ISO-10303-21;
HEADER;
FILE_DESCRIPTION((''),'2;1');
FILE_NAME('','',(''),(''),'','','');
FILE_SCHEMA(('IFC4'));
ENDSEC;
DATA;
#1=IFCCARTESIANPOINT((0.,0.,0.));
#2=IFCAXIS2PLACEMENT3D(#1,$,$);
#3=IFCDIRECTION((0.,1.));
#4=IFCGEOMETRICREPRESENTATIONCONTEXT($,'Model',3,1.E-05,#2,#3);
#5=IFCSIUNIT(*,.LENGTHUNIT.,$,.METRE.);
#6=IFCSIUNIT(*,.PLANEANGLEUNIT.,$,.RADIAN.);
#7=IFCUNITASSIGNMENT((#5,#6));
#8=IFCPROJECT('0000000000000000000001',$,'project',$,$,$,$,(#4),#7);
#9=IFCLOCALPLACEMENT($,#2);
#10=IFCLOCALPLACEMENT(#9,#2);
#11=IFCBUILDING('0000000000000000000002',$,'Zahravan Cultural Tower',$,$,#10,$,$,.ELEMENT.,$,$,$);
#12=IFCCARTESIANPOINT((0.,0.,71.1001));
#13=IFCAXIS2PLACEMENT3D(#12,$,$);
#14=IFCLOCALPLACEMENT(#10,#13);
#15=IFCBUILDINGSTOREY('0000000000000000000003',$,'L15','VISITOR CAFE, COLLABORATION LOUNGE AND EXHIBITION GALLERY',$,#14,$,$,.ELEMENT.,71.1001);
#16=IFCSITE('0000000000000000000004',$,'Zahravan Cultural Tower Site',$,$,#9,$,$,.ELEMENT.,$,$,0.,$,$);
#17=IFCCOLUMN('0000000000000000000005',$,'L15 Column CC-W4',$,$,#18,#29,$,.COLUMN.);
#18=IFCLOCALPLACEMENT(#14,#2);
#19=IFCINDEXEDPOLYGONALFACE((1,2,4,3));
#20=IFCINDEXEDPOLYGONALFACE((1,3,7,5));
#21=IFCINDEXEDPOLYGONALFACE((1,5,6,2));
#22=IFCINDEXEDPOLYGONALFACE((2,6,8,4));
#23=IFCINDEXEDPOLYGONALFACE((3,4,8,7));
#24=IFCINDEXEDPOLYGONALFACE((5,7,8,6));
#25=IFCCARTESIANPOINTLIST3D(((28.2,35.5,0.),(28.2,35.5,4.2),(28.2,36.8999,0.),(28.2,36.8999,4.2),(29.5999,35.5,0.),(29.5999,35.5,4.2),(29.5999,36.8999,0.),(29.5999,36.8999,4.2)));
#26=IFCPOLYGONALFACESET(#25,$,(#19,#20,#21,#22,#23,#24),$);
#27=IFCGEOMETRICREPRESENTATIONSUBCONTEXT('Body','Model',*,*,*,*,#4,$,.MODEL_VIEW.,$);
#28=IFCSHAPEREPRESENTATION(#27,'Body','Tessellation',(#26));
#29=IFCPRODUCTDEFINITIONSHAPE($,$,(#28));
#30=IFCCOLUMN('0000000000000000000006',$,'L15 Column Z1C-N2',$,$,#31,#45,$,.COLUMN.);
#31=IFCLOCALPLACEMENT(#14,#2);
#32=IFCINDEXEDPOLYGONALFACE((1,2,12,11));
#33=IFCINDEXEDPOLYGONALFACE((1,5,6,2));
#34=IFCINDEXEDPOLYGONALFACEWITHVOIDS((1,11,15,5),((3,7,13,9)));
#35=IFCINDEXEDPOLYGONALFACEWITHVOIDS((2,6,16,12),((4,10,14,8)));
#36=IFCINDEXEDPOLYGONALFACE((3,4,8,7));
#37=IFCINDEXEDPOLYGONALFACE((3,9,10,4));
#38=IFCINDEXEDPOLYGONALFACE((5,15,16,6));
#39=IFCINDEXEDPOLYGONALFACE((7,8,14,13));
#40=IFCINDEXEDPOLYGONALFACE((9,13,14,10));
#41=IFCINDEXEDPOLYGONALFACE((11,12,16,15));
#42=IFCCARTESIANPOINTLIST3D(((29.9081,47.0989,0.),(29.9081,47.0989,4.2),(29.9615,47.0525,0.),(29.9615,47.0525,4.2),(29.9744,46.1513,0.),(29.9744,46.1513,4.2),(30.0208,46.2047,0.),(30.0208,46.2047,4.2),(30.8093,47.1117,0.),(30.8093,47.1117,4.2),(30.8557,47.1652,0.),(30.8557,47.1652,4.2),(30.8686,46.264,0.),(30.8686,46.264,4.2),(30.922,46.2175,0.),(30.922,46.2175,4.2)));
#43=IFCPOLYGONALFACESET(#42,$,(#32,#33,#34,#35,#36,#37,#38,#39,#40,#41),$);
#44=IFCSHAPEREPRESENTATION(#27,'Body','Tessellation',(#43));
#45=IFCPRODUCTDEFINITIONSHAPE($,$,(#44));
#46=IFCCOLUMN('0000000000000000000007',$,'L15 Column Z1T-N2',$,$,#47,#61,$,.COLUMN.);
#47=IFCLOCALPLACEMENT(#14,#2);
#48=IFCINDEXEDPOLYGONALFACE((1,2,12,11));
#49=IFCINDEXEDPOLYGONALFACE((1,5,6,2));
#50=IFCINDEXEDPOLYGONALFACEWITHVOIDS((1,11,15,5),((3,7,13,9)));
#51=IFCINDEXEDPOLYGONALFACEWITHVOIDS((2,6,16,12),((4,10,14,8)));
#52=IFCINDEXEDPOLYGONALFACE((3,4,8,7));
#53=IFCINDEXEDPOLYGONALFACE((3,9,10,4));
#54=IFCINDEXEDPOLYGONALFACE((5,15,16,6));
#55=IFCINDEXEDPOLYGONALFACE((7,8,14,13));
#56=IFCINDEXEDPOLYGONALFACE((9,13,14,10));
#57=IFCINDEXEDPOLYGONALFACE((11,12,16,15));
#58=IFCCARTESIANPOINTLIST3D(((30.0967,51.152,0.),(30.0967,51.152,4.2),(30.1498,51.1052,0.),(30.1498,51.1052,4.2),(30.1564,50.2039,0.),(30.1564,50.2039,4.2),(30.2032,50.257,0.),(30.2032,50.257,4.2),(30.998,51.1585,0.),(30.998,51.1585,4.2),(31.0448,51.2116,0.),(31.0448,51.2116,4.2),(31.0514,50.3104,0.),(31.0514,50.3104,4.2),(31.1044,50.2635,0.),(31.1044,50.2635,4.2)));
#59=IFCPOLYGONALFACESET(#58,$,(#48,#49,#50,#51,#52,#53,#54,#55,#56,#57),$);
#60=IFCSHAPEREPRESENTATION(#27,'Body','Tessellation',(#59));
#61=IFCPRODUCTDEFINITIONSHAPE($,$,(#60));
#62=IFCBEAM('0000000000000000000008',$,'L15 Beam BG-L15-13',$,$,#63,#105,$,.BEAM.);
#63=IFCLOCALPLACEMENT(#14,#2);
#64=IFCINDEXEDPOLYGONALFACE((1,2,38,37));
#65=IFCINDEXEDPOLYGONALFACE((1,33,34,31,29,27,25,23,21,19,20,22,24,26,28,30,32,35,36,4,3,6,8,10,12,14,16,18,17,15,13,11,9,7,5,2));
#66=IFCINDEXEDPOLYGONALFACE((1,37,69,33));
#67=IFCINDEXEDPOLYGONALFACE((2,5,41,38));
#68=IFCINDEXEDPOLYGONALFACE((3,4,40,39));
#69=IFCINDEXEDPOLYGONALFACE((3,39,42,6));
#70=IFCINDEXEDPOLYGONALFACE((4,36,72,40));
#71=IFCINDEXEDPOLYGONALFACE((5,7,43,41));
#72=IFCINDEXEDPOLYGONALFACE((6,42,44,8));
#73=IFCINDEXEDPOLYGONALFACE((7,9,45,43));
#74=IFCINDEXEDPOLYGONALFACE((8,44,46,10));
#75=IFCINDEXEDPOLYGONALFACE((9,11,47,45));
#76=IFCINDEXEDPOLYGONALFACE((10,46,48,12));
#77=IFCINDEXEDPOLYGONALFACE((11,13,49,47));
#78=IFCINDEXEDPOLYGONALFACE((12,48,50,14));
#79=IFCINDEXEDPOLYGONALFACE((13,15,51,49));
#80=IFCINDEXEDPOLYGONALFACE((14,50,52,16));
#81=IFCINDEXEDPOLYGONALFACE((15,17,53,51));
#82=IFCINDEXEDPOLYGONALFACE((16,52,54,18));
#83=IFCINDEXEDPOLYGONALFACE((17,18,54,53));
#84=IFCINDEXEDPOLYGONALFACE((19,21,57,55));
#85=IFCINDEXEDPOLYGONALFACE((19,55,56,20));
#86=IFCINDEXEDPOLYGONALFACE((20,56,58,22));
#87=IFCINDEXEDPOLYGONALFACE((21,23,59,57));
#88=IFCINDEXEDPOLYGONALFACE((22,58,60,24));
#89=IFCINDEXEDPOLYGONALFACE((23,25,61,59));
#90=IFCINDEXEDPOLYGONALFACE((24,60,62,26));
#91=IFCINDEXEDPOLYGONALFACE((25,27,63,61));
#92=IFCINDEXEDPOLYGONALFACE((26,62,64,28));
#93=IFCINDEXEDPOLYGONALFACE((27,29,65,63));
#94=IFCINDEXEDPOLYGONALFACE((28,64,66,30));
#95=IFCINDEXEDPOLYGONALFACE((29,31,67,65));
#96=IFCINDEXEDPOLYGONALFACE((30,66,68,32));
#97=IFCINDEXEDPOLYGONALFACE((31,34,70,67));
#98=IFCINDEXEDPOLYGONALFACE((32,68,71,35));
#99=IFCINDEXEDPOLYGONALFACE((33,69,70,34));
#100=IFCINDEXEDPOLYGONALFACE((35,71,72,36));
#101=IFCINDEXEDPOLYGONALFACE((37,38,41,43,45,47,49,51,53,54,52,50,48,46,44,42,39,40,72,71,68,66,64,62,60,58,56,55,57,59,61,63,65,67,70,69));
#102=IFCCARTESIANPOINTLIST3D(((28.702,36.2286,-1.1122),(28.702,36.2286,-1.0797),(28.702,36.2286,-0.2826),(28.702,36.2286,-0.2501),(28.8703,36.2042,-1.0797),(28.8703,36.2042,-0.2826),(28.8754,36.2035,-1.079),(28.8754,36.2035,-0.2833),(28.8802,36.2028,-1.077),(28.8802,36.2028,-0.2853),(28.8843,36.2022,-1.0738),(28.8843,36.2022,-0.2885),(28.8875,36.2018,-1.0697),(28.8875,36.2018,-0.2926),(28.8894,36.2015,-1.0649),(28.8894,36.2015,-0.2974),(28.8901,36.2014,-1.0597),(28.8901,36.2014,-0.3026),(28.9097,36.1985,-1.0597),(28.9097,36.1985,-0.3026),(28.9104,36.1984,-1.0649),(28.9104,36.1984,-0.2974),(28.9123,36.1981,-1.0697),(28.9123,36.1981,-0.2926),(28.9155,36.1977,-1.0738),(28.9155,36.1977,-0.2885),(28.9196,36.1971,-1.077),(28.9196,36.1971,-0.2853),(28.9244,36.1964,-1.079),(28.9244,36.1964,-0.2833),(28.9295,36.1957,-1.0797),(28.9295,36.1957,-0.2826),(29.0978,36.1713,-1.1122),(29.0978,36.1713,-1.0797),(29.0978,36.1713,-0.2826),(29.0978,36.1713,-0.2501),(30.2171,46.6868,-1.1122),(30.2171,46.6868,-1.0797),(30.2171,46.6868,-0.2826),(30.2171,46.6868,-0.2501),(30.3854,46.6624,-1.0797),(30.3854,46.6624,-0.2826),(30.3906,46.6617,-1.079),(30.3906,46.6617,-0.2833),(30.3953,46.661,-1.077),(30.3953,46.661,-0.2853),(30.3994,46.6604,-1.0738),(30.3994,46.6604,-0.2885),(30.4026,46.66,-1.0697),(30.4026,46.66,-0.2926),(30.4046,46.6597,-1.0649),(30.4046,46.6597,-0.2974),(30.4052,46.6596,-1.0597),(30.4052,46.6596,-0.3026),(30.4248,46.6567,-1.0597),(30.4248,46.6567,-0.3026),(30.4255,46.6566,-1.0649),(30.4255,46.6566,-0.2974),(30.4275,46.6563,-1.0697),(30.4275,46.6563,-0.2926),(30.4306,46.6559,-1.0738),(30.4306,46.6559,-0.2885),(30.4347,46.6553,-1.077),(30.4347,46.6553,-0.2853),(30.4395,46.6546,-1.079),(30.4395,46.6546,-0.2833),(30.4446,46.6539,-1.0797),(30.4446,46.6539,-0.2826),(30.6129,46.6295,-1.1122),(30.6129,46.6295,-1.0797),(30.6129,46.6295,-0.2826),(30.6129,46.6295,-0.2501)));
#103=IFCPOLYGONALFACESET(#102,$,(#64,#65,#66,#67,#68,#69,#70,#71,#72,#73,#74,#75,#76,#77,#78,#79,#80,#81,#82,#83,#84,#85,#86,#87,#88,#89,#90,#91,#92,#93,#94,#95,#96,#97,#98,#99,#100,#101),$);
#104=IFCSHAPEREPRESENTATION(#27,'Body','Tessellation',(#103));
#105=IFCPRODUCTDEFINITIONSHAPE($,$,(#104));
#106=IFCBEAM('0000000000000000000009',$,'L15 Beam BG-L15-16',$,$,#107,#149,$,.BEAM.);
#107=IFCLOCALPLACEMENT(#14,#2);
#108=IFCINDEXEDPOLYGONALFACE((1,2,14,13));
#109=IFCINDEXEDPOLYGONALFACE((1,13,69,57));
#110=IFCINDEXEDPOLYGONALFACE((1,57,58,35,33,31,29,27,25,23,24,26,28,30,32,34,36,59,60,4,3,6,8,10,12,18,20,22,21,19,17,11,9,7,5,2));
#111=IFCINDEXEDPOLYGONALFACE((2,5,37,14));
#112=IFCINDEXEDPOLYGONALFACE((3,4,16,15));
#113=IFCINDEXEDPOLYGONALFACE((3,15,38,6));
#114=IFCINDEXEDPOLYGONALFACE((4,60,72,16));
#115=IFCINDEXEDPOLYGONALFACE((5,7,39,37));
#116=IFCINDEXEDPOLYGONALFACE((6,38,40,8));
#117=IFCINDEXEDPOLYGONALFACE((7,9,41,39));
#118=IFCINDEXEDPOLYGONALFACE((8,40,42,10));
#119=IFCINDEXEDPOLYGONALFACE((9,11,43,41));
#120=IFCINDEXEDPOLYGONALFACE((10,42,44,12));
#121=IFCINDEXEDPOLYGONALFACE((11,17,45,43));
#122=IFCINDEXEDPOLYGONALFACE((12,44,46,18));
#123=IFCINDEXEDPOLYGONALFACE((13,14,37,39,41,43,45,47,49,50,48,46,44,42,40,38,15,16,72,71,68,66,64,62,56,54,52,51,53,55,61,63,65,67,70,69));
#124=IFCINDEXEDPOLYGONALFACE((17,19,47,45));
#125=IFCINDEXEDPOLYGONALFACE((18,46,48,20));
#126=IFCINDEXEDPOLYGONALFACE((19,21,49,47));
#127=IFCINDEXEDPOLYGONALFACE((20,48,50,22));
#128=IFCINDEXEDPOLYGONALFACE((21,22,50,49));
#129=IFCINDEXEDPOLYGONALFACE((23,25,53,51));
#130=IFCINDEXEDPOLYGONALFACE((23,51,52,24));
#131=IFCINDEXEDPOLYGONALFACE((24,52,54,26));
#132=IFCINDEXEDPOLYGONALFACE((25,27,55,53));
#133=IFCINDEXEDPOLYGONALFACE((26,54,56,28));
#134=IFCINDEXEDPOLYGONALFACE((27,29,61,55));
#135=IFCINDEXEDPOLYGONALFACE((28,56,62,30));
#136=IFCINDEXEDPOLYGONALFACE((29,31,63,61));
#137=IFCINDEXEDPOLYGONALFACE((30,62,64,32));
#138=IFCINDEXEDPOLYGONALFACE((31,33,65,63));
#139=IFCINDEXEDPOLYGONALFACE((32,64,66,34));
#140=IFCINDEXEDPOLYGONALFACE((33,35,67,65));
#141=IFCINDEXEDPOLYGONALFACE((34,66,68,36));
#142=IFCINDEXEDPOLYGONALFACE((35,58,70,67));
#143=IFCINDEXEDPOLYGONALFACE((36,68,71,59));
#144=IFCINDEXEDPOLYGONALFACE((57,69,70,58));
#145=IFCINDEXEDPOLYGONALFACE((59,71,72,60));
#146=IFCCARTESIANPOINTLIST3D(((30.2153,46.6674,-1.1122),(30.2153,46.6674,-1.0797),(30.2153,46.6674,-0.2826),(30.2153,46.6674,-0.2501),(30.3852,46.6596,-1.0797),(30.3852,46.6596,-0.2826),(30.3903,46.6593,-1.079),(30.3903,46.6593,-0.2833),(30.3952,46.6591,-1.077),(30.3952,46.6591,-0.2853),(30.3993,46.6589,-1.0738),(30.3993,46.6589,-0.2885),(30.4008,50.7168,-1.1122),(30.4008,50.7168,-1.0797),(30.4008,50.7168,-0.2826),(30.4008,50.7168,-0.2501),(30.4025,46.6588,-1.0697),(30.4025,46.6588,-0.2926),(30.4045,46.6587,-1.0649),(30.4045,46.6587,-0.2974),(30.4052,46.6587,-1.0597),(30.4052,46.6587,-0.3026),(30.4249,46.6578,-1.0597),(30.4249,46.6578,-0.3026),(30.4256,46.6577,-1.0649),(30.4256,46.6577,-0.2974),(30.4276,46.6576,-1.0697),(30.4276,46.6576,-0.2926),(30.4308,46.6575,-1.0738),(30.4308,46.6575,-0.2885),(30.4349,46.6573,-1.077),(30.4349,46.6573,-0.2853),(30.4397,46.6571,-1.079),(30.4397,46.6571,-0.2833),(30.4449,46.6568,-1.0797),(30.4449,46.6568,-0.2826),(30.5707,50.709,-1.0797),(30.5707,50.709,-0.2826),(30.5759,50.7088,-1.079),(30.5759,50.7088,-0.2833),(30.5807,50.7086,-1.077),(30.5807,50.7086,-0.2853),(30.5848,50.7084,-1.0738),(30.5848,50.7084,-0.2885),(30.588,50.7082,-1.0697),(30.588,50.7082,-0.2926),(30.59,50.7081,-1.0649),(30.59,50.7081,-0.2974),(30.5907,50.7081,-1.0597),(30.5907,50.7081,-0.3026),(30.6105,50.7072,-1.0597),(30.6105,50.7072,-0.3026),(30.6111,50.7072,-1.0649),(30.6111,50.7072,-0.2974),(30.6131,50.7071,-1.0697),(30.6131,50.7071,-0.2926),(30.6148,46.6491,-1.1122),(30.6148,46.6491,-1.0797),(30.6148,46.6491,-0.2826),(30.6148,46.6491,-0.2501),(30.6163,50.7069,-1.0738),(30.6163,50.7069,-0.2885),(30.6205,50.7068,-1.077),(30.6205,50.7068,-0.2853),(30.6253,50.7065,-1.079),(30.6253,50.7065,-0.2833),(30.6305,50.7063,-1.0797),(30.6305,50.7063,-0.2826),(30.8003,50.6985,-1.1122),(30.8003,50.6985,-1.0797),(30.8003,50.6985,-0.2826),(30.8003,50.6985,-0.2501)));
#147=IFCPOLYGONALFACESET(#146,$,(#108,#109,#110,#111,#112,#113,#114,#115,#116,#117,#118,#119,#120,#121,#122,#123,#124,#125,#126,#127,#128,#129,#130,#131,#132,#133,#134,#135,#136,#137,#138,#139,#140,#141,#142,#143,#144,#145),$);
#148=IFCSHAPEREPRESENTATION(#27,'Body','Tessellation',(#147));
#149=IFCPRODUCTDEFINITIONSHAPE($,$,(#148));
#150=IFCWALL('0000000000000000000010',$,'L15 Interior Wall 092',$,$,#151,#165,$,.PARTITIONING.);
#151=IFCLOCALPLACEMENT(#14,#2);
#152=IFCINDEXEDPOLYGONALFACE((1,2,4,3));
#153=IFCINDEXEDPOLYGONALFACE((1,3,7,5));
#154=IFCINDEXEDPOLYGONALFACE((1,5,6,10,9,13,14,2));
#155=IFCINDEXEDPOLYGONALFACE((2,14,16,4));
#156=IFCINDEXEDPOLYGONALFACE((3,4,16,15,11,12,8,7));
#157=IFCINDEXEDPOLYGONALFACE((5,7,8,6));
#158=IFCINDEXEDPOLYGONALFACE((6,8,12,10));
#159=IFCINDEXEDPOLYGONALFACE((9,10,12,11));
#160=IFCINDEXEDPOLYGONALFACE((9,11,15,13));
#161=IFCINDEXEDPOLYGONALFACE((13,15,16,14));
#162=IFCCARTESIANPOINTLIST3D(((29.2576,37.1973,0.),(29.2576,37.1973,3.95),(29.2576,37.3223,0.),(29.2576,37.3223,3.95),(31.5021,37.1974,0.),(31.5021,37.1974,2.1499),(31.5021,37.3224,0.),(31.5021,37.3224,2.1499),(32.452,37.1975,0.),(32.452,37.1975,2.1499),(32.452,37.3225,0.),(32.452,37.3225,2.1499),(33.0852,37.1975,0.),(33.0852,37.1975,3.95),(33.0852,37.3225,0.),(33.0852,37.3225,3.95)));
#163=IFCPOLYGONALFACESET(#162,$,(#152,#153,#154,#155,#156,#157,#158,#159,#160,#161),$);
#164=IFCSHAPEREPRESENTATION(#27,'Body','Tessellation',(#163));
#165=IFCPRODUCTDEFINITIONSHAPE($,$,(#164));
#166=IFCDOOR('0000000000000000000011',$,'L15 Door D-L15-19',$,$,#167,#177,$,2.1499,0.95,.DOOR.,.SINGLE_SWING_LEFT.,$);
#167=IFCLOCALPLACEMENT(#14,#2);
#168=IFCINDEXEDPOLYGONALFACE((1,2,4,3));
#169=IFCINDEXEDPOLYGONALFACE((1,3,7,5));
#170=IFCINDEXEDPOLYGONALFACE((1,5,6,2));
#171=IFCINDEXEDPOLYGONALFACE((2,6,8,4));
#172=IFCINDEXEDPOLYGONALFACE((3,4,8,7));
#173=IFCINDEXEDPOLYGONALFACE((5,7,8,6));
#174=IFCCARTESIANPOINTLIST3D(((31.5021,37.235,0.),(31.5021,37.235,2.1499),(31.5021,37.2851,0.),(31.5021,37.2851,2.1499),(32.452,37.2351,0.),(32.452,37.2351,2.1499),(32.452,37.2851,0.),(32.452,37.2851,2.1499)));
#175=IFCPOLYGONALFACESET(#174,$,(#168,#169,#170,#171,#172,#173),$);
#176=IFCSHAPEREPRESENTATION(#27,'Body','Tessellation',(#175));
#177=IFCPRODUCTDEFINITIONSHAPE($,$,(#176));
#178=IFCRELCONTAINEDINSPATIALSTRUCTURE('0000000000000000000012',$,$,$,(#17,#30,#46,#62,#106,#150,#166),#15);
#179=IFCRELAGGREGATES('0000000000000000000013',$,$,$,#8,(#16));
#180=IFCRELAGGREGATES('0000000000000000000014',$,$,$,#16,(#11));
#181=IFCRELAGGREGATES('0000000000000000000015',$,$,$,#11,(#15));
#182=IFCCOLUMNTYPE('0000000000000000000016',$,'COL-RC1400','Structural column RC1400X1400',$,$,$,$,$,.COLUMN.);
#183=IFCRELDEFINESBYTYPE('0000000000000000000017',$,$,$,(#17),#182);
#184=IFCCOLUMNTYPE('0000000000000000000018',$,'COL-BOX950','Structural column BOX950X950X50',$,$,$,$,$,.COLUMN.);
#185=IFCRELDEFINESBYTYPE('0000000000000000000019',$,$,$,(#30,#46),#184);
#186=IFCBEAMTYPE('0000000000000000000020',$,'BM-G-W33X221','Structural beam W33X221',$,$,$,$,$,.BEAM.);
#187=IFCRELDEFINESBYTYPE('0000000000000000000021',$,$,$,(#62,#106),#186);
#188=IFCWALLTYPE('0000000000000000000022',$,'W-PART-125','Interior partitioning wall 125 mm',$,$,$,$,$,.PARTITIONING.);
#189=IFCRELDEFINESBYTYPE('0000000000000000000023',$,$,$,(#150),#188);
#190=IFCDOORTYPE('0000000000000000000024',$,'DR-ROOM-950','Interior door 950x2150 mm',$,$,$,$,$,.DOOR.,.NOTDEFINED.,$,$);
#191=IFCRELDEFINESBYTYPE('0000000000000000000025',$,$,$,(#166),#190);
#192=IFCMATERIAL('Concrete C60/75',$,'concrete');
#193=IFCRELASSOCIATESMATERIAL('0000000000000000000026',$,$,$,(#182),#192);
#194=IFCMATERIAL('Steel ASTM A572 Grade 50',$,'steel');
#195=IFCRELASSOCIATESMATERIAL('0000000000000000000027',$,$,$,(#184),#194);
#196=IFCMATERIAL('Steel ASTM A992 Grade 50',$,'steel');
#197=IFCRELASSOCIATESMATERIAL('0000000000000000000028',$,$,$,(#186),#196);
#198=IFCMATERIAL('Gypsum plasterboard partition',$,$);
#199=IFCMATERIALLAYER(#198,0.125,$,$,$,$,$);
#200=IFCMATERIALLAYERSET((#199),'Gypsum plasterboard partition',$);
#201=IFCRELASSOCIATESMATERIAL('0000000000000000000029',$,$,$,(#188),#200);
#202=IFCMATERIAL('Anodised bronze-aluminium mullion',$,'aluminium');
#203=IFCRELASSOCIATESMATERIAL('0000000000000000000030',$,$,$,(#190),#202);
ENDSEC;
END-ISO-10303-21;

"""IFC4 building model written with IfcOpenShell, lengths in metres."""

from ifc_helpers import new_model, si_unit, direction, frame, frame_2d, origin, origin_2d, place, context, subcontext, project, spatial, rectangle, hollow_rectangle, i_section, extrude, source, transform, mapped, material, layer, layer_set, material_profile, profile_set, type_object, element, fill, save


model = new_model("IFC4")

# Units and contexts
model_context = context("Model", 3, precision=1e-05, world=origin(), true_north=direction((0.0, 1.0)))
body_context = subcontext(model_context, "Body", "Model", "MODEL_VIEW")
ifc_project = project(units=[si_unit("LENGTHUNIT", "METRE"), si_unit("PLANEANGLEUNIT", "RADIAN")], contexts=[model_context])

# Site, building, storey
site_placement = place(None, origin())
site = spatial("IfcSite", under=ifc_project, at=site_placement, Name="Zahravan Cultural Tower Site", CompositionType="ELEMENT", RefElevation=0.0)
building_placement = place(site_placement, origin())
building = spatial("IfcBuilding", under=site, at=building_placement, Name="Zahravan Cultural Tower", CompositionType="ELEMENT")
storey_placement = place(building_placement, frame((0.0, 0.0, 71.1001)))
storey = spatial("IfcBuildingStorey", under=building, at=storey_placement, Name="L15", Description="VISITOR CAFE, COLLABORATION LOUNGE AND EXHIBITION GALLERY", CompositionType="ELEMENT", Elevation=71.1001)

# Columns
ifc_material_1 = material(Name="Concrete C60/75", Category="concrete")
ifc_material_profile_1 = material_profile(ifc_material_1, rectangle(XDim=1.3999, YDim=1.3999, at=origin_2d()), Name="RC1400X1400")
ifc_profile_set_1 = profile_set([ifc_material_profile_1], Name="Concrete C60/75")
column_type_1 = type_object("IfcColumnType", Name="COL-RC1400", Description="Structural column RC1400X1400", PredefinedType="COLUMN", material=ifc_profile_set_1)
shared_shape_1 = source(origin(), body_context, "Body", "SweptSolid", [
    extrude(rectangle(XDim=1.3999, YDim=1.3999, at=origin_2d()), origin(), (0.0, 0.0, 1.0), 4.2),
])
column_placement = place(storey_placement, frame((28.8999, 36.2, 0.0), z_axis=(0.0, 0.0, 1.0), x_axis=(1.0, 0.0, 0.0)))
element("IfcColumn", 1, at=column_placement, inside=storey, type_object=column_type_1, Name="L15 Column CC-W4", PredefinedType="COLUMN", context=body_context, shape_type="MappedRepresentation", body=[
    mapped(shared_shape_1, transform((0.0, 0.0, 0.0), x_axis=(1.0, 0.0, 0.0), y_axis=(0.0, 1.0, 0.0), z_axis=(0.0, 0.0, 1.0), scale=1.0)),
])
ifc_material_2 = material(Name="Steel ASTM A572 Grade 50", Category="steel")
ifc_material_profile_2 = material_profile(ifc_material_2, hollow_rectangle(XDim=0.95, YDim=0.95, WallThickness=0.05, at=origin_2d()), Name="BOX950X950X50")
ifc_profile_set_2 = profile_set([ifc_material_profile_2], Name="Steel ASTM A572 Grade 50")
column_type_2 = type_object("IfcColumnType", Name="COL-BOX950", Description="Structural column BOX950X950X50", PredefinedType="COLUMN", material=ifc_profile_set_2)
shared_shape_2 = source(origin(), body_context, "Body", "SweptSolid", [
    extrude(hollow_rectangle(XDim=0.95, YDim=0.95, WallThickness=0.05, at=origin_2d()), origin(), (0.0, 0.0, 1.0), 4.2),
])
for number, where, z_axis, x_axis, name in (
    (2, (30.415, 46.6582, 0.0), (0.0, 0.0, 1.0), (-0.069756, 0.997564, 0.0), "L15 Column Z1C-N2"),
    (3, (30.6006, 50.7078, 0.0), (0.0, 0.0, 1.0), (-0.062791, 0.998027, 0.0), "L15 Column Z1T-N2"),
):
    element("IfcColumn", number, at=place(storey_placement, frame(where, z_axis=z_axis, x_axis=x_axis)), inside=storey, type_object=column_type_2, Name=name, PredefinedType="COLUMN", context=body_context, shape_type="MappedRepresentation", body=[
        mapped(shared_shape_2, transform((0.0, 0.0, 0.0), x_axis=(1.0, 0.0, 0.0), y_axis=(0.0, 1.0, 0.0), z_axis=(0.0, 0.0, 1.0), scale=1.0)),
    ])

# Beams
ifc_material_3 = material(Name="Steel ASTM A992 Grade 50", Category="steel")
ifc_material_profile_3 = material_profile(ifc_material_3, i_section(OverallWidth=0.3999, OverallDepth=0.8621, WebThickness=0.0198, FlangeThickness=0.0325, FilletRadius=0.02, at=origin_2d()), Name="W33X221")
ifc_profile_set_3 = profile_set([ifc_material_profile_3], Name="Steel ASTM A992 Grade 50")
beam_type = type_object("IfcBeamType", Name="BM-G-W33X221", Description="Structural beam W33X221", PredefinedType="BEAM", material=ifc_profile_set_3)
shared_shape_3 = source(origin(), body_context, "Body", "SweptSolid", [
    extrude(i_section(OverallWidth=0.3999, OverallDepth=0.8621, WebThickness=0.0198, FlangeThickness=0.0325, FilletRadius=0.02, at=origin_2d()), origin(), (0.0, 0.0, 1.0), 10.5674),
])
beam_1_placement = place(storey_placement, frame((28.8999, 36.2, -0.6812), z_axis=(0.143378, 0.989668, 0.0), x_axis=(-0.989668, 0.143378, 0.0)))
element("IfcBeam", 4, at=beam_1_placement, inside=storey, type_object=beam_type, Name="L15 Beam BG-L15-13", PredefinedType="BEAM", context=body_context, shape_type="MappedRepresentation", body=[
    mapped(shared_shape_3, transform((0.0, 0.0, 0.0), x_axis=(1.0, 0.0, 0.0), y_axis=(0.0, 1.0, 0.0), z_axis=(0.0, 0.0, 1.0), scale=1.0)),
])
shared_shape_4 = source(origin(), body_context, "Body", "SweptSolid", [
    extrude(i_section(OverallWidth=0.3999, OverallDepth=0.8621, WebThickness=0.0198, FlangeThickness=0.0325, FilletRadius=0.02, at=origin_2d()), origin(), (0.0, 0.0, 1.0), 4.0537),
])
beam_2_placement = place(storey_placement, frame((30.415, 46.6582, -0.6812), z_axis=(0.045771, 0.998952, 0.0), x_axis=(-0.998952, 0.045771, 0.0)))
element("IfcBeam", 5, at=beam_2_placement, inside=storey, type_object=beam_type, Name="L15 Beam BG-L15-16", PredefinedType="BEAM", context=body_context, shape_type="MappedRepresentation", body=[
    mapped(shared_shape_4, transform((0.0, 0.0, 0.0), x_axis=(1.0, 0.0, 0.0), y_axis=(0.0, 1.0, 0.0), z_axis=(0.0, 0.0, 1.0), scale=1.0)),
])

# Wall, opening, door
ifc_material_4 = material(Name="Gypsum plasterboard partition")
ifc_layer_1 = layer(ifc_material_4, 0.125)
ifc_layer_set_1 = layer_set([ifc_layer_1], Name="Gypsum plasterboard partition")
wall_type_1 = type_object("IfcWallType", Name="W-PART-125", Description="Interior partitioning wall 125 mm", PredefinedType="PARTITIONING", material=ifc_layer_set_1)
wall_1_placement = place(storey_placement, frame((33.0852, 37.26, 0.0), z_axis=(0.0, 0.0, 1.0), x_axis=(-1.0, -0.000064, 0.0)))
wall_1 = element("IfcWall", 6, at=wall_1_placement, inside=storey, type_object=wall_type_1, Name="L15 Interior Wall 092", PredefinedType="PARTITIONING", context=body_context, shape_type="SweptSolid", body=[
    extrude(rectangle(XDim=3.8276, YDim=0.125, at=frame_2d((1.9138, 0.0))), origin(), (0.0, 0.0, 1.0), 3.95),
])
opening_placement = place(wall_1_placement, frame((0.6331, 0.0, 0.0)))
opening = element("IfcOpeningElement", 7, at=opening_placement, cuts=wall_1, PredefinedType="OPENING", context=body_context, shape_type="SweptSolid", body=[
    extrude(rectangle(XDim=0.95, YDim=2.1499, at=frame_2d((0.4751, 1.075))), frame((0.0, 0.0725, 0.0), z_axis=(0.0, -1.0, 0.0), x_axis=(1.0, 0.0, 0.0)), (0.0, 0.0, 1.0), 0.145),
])
ifc_material_5 = material(Name="Anodised bronze-aluminium mullion", Category="aluminium")
door_type = type_object("IfcDoorType", Name="DR-ROOM-950", Description="Interior door 950x2150 mm", OperationType="NOTDEFINED", PredefinedType="DOOR", material=ifc_material_5)
shared_shape_5 = source(origin(), body_context, "Body", "SweptSolid", [
    extrude(rectangle(XDim=0.95, YDim=2.1499, at=frame_2d((0.4751, 1.075))), frame((0.0, 0.0249, 0.0), z_axis=(0.0, -1.0, 0.0), x_axis=(1.0, 0.0, 0.0)), (0.0, 0.0, 1.0), 0.05),
])
door_placement = place(opening_placement, origin())
door = element("IfcDoor", 8, at=door_placement, inside=storey, type_object=door_type, Name="L15 Door D-L15-19", OperationType="SINGLE_SWING_LEFT", OverallHeight=2.1499, OverallWidth=0.95, PredefinedType="DOOR", context=body_context, shape_type="MappedRepresentation", body=[
    mapped(shared_shape_5, transform((0.0, 0.0, 0.0), x_axis=(1.0, 0.0, 0.0), y_axis=(0.0, 1.0, 0.0), z_axis=(0.0, 0.0, 1.0), scale=1.0)),
])
fill(opening, door)

save(model, "model.ifc")
